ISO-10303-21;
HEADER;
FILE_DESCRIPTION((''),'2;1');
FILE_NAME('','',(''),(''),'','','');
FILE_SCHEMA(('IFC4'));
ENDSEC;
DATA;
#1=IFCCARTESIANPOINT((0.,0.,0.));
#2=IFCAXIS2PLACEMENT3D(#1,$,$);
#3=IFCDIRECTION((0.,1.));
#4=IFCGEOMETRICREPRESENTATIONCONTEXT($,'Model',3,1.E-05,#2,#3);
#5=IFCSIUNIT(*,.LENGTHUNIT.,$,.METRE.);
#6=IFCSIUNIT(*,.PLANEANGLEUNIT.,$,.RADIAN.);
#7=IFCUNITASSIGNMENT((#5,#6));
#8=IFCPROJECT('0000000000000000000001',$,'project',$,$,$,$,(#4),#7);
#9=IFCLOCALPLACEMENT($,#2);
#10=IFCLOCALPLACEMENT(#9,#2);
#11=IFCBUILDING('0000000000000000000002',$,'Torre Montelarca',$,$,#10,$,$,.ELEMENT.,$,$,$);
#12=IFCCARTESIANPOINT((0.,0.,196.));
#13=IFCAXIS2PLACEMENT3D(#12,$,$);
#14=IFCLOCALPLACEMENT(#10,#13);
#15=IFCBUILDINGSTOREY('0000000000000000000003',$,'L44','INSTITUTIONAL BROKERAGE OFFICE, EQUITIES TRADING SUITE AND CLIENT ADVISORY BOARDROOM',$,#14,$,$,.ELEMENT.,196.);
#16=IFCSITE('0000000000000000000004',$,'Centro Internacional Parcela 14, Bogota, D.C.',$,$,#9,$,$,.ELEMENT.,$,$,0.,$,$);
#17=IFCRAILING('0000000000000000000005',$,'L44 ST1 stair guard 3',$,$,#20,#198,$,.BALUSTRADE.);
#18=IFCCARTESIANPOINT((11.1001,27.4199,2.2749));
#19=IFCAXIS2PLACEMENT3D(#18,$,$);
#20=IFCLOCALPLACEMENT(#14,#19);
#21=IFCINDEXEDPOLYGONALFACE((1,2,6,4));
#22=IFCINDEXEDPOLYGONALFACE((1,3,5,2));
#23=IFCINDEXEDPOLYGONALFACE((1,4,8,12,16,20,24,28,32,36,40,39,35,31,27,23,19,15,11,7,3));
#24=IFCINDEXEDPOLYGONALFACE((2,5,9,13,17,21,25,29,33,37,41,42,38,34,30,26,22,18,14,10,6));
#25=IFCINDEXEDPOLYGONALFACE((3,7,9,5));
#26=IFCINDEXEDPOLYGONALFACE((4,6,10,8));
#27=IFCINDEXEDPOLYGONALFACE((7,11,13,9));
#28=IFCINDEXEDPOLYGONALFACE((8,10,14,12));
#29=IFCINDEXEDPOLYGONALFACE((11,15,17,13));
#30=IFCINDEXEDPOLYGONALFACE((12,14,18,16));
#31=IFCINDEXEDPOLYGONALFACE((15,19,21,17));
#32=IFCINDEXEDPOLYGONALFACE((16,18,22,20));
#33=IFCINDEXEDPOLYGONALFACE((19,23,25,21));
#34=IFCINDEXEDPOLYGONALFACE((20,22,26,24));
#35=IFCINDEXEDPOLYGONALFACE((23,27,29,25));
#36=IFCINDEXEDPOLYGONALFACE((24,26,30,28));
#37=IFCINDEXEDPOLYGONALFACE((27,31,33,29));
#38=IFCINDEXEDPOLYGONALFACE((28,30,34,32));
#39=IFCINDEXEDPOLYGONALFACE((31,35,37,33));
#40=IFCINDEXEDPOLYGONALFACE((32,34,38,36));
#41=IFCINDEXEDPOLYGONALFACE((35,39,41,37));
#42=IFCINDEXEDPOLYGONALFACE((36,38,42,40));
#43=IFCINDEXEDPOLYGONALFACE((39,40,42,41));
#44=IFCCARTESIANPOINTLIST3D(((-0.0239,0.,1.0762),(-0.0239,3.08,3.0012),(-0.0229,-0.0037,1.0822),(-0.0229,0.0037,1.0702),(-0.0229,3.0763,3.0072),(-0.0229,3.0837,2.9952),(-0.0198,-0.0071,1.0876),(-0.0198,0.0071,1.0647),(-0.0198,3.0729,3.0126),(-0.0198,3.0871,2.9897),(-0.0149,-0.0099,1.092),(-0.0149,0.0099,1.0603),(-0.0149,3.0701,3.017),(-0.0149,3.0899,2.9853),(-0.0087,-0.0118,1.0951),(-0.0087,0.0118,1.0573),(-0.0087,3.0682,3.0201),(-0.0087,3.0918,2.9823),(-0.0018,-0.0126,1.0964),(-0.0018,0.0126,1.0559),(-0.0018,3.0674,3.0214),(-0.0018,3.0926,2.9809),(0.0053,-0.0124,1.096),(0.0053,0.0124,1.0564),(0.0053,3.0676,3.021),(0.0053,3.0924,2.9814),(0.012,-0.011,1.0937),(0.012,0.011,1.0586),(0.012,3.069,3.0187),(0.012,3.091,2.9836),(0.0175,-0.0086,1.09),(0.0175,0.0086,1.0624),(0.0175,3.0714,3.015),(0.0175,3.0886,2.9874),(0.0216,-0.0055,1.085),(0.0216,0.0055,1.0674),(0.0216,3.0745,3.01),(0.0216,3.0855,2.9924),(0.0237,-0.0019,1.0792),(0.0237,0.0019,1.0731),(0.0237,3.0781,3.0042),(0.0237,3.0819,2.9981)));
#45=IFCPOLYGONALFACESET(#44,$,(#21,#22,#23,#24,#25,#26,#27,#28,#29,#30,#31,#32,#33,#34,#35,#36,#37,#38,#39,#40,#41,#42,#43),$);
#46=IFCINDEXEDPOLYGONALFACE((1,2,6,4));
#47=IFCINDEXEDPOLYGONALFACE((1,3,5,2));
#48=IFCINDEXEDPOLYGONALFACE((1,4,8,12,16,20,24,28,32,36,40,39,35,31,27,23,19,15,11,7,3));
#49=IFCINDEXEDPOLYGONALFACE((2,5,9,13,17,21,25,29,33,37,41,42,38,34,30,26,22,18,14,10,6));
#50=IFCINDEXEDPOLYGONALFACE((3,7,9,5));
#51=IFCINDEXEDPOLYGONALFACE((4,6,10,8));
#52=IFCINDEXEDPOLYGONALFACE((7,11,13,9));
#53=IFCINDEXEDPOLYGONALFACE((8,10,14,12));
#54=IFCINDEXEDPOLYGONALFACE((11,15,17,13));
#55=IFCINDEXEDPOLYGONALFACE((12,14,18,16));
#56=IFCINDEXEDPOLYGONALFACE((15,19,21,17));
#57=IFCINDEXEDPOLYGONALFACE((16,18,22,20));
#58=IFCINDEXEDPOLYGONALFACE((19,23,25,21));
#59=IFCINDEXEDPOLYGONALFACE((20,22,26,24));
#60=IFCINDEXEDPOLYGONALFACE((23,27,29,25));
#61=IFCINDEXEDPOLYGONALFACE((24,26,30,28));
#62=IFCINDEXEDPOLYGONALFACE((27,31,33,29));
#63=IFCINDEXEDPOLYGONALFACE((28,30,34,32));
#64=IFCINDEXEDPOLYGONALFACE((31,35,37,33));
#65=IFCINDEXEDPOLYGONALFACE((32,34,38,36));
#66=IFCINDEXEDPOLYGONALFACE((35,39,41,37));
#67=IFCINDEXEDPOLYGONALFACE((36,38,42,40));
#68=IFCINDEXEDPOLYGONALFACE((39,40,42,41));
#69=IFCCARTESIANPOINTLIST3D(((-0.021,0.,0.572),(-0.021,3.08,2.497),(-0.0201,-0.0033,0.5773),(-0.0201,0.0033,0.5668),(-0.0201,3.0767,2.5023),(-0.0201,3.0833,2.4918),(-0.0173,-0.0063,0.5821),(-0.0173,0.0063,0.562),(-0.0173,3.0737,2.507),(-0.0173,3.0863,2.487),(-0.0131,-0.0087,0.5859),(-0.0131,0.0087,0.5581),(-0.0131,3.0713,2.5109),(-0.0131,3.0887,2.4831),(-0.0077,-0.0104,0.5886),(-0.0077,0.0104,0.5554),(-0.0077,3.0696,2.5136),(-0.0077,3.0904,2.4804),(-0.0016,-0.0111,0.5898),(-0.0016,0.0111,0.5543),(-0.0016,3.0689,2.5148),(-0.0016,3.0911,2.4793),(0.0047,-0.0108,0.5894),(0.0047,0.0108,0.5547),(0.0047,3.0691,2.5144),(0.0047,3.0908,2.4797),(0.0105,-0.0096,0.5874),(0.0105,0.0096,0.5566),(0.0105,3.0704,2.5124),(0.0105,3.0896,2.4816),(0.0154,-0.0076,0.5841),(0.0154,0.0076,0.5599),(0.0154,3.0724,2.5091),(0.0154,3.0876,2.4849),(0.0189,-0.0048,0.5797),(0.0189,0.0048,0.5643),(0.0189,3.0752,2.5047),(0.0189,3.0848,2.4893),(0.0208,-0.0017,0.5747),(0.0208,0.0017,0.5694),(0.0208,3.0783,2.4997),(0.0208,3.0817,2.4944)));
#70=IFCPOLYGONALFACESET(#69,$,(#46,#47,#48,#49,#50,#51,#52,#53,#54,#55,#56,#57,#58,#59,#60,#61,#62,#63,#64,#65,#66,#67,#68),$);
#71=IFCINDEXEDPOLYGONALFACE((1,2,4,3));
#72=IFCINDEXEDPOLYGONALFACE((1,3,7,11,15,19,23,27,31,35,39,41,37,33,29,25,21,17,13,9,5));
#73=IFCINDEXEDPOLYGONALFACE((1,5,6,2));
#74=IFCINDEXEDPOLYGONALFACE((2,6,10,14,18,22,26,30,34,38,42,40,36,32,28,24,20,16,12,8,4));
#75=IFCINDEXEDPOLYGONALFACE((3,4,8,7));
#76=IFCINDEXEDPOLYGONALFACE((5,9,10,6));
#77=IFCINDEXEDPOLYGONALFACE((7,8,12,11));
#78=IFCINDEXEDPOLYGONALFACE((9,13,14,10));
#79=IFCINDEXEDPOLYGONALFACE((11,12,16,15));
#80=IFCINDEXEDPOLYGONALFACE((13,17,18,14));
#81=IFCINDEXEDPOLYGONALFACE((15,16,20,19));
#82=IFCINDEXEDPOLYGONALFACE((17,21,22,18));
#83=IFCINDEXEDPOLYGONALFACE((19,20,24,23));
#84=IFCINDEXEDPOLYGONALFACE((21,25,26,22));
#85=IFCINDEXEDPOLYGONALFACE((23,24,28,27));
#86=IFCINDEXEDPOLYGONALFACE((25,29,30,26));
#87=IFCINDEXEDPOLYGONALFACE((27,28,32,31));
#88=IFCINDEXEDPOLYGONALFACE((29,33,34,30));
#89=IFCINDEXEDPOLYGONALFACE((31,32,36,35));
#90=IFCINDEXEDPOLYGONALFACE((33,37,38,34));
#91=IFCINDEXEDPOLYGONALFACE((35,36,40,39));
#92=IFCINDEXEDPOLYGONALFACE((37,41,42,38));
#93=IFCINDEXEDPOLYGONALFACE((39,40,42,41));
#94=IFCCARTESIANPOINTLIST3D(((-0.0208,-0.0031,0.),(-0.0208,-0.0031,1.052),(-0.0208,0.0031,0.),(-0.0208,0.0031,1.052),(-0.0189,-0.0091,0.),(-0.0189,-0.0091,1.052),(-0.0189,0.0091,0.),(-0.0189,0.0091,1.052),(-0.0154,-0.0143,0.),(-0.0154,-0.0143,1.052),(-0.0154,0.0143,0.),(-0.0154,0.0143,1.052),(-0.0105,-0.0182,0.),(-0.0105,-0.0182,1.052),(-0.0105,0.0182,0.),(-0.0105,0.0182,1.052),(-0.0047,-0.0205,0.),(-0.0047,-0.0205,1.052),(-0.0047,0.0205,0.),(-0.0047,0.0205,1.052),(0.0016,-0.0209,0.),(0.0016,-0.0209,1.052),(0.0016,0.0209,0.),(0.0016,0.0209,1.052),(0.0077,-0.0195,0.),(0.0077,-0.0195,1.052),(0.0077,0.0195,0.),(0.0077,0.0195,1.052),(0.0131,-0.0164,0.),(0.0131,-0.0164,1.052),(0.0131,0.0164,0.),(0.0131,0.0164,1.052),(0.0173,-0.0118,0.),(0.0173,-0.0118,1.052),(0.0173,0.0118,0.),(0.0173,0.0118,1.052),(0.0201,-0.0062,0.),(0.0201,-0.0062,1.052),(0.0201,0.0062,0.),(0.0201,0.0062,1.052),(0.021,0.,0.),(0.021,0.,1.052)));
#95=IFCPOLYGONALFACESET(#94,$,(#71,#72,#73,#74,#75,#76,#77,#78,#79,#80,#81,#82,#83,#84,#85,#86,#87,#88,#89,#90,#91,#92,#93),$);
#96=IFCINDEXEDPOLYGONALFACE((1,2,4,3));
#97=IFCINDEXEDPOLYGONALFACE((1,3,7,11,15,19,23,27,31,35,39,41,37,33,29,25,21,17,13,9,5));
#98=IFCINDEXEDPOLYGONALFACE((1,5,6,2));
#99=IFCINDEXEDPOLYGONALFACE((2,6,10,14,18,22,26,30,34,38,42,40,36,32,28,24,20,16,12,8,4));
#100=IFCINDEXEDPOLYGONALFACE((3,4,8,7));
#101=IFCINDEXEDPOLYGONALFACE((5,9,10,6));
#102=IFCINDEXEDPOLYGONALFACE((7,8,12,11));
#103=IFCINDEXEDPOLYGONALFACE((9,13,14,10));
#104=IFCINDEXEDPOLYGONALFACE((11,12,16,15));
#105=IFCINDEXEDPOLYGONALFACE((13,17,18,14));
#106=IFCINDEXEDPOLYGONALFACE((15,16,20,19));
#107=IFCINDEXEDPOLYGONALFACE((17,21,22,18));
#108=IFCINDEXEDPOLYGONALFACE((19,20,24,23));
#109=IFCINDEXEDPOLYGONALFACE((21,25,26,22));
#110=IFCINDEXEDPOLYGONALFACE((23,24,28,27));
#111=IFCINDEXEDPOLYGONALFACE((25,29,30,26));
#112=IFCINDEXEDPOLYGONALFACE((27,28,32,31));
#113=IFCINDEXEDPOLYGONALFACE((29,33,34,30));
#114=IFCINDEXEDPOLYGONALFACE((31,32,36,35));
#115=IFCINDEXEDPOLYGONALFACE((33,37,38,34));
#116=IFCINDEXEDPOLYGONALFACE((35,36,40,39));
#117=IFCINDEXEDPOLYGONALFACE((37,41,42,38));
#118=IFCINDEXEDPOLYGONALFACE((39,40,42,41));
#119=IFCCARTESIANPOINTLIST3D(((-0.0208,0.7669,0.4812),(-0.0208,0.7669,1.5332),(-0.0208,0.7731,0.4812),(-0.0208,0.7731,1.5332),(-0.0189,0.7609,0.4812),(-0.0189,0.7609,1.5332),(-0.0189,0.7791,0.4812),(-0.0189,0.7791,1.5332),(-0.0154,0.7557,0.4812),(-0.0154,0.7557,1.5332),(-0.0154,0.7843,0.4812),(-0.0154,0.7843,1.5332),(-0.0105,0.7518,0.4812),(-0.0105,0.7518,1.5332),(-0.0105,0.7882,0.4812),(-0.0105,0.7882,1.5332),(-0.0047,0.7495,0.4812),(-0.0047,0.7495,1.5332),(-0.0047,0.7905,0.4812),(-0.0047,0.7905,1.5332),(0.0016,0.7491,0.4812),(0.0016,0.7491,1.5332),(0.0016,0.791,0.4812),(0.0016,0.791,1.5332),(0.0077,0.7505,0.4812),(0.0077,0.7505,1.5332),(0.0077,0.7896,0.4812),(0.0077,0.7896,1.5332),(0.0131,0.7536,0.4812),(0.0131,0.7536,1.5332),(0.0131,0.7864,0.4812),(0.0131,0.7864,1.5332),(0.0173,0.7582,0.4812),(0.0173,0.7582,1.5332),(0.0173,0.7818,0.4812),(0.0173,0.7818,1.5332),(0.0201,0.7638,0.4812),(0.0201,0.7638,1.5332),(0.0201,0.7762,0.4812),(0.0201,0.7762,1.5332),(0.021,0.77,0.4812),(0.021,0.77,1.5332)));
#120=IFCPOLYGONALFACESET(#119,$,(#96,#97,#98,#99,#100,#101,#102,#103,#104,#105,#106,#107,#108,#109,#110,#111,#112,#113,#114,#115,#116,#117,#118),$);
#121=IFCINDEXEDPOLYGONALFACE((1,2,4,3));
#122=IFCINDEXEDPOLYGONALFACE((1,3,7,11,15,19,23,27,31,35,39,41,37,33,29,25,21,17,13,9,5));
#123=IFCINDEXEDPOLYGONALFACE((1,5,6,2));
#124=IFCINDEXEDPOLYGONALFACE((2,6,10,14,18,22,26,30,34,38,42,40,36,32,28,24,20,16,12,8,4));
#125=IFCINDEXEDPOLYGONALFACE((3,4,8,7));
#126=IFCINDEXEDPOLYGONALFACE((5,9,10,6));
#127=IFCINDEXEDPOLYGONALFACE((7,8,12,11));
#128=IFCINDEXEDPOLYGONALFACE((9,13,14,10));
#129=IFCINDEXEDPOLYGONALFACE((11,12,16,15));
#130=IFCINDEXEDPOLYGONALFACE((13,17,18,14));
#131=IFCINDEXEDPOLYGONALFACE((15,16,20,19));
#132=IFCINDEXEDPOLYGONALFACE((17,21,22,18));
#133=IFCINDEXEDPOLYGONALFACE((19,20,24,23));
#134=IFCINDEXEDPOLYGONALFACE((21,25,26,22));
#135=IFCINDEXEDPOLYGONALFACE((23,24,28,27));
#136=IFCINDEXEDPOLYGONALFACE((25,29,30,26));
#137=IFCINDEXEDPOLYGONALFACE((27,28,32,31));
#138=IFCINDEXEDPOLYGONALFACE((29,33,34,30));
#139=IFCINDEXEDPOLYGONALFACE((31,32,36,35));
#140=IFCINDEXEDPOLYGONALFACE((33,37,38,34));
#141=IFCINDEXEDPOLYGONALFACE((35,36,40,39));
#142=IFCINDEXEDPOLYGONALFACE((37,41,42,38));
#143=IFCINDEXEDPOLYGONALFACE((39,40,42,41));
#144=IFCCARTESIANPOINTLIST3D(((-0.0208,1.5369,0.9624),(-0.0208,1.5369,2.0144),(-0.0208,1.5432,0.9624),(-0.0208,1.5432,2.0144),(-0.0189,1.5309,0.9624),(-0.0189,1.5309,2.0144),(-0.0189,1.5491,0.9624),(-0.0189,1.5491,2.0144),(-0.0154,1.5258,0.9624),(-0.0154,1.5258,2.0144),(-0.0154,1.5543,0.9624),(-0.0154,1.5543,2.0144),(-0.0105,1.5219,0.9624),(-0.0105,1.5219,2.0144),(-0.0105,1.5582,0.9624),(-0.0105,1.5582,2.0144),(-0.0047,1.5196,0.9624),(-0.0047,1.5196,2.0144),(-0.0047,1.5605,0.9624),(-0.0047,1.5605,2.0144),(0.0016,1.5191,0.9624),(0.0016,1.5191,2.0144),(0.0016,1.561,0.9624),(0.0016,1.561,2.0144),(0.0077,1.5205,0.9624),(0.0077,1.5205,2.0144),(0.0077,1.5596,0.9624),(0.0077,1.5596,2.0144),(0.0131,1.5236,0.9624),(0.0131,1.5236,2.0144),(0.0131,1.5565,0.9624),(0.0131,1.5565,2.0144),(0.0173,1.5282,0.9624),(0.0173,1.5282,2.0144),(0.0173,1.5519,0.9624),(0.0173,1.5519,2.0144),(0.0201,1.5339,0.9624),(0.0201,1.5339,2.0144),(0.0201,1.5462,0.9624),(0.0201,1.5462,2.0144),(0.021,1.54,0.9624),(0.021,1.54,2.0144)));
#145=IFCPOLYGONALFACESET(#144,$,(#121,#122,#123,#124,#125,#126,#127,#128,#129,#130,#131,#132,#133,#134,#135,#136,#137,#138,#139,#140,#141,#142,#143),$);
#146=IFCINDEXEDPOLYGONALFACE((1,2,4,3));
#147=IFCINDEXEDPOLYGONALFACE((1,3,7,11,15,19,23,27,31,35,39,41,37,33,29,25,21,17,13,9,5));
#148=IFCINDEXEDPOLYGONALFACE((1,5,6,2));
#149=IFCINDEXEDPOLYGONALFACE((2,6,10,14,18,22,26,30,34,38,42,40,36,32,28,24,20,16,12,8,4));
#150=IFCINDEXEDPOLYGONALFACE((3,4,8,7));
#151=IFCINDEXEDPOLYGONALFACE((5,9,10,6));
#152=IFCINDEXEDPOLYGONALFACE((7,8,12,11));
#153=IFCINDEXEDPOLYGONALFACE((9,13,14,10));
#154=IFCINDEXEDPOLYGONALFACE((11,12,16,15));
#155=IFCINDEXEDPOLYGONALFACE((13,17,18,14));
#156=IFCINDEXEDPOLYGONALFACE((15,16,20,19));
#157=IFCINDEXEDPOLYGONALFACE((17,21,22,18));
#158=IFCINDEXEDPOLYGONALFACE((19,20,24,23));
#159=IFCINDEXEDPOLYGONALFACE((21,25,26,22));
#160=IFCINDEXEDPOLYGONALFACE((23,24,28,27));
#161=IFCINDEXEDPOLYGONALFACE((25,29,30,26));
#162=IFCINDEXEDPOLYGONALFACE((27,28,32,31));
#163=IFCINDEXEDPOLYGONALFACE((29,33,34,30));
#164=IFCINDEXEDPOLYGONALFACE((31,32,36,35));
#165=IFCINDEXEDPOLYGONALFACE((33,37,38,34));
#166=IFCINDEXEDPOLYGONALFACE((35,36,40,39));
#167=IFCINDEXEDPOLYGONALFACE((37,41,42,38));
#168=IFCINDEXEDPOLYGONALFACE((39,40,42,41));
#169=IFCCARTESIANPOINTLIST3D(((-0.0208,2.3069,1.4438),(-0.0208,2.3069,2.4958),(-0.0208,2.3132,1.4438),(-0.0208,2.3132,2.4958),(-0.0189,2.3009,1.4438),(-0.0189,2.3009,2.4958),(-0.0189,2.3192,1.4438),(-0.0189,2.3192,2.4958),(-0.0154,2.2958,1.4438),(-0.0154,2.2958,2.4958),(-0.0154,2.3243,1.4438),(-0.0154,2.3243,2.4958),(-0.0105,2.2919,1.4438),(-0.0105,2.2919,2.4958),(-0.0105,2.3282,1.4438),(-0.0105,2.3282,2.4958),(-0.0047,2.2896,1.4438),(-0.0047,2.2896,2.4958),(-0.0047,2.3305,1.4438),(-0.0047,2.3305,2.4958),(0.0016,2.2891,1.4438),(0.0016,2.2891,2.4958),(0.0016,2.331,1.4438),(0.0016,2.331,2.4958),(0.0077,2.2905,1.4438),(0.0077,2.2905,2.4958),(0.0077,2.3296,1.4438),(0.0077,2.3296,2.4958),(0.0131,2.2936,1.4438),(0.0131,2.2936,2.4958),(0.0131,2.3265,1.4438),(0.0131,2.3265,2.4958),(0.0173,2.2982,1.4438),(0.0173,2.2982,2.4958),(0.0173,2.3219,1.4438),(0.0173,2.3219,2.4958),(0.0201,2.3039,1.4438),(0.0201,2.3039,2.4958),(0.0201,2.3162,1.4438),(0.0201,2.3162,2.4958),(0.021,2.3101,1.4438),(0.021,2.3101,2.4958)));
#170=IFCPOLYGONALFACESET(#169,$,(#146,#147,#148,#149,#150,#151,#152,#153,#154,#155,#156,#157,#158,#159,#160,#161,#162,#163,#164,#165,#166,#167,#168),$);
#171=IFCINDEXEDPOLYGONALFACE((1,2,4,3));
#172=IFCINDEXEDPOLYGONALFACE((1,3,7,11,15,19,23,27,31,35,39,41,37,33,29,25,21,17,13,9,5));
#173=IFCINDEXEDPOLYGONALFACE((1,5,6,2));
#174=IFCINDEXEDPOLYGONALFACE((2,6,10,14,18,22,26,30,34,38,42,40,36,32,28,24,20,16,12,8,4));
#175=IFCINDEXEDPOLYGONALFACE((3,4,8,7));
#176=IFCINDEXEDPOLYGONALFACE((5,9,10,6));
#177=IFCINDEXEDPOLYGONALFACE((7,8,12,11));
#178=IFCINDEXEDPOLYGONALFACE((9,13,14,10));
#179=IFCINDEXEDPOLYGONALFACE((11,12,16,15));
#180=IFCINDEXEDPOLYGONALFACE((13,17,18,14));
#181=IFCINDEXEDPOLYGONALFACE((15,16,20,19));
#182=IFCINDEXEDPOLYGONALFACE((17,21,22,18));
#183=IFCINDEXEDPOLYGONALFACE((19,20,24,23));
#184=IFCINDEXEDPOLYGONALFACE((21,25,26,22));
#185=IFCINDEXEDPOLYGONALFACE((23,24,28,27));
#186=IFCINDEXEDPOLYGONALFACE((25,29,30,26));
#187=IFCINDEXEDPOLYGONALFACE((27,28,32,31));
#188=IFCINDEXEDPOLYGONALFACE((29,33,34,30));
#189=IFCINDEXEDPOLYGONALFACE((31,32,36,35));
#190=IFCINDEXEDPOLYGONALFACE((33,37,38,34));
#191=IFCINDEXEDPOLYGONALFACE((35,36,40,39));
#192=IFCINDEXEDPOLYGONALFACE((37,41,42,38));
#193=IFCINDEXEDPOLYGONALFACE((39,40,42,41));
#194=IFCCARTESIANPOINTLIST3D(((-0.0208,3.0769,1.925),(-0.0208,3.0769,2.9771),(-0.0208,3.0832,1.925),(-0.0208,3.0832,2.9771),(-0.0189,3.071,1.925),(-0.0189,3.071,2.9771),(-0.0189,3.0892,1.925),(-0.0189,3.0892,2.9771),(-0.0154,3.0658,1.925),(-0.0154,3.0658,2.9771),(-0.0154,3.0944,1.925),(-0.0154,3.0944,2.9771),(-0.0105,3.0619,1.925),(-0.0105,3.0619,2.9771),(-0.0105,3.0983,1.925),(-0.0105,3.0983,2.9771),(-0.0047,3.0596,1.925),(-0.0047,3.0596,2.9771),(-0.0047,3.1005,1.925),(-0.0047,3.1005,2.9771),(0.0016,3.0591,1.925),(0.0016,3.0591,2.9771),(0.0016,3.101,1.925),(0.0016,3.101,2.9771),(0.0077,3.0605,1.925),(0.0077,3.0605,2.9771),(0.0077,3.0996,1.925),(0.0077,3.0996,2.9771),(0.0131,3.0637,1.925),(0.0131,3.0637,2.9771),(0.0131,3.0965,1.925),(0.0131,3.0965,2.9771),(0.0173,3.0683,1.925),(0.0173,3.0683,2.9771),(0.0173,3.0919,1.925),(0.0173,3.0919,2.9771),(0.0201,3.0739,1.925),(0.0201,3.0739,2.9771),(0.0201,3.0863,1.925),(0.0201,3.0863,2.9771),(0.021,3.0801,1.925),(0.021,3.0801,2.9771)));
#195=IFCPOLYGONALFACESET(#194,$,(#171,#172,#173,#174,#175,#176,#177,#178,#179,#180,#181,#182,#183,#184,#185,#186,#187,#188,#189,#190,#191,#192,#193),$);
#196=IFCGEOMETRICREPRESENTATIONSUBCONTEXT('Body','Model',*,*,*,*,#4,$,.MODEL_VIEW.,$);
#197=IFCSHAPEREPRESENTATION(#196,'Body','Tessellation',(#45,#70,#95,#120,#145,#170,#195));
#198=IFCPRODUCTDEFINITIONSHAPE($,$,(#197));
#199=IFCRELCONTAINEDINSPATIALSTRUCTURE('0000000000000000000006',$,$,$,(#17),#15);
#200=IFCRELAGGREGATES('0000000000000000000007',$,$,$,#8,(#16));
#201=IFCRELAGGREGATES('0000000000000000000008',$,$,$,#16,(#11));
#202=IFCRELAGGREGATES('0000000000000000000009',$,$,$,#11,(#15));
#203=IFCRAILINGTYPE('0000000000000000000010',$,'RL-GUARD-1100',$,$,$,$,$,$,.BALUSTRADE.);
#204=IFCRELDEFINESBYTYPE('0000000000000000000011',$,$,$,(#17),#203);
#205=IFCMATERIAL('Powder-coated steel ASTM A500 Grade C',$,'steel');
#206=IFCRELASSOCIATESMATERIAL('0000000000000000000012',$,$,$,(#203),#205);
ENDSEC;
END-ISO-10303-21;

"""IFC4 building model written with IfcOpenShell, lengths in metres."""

from ifc_helpers import new_model, si_unit, direction, frame, origin, origin_2d, place, context, subcontext, project, spatial, circle, extrude, material, type_object, element, save


model = new_model("IFC4")

# Units and contexts
model_context = context("Model", 3, precision=1e-05, world=origin(), true_north=direction((0.0, 1.0)))
body_context = subcontext(model_context, "Body", "Model", "MODEL_VIEW")
ifc_project = project(units=[si_unit("LENGTHUNIT", "METRE"), si_unit("PLANEANGLEUNIT", "RADIAN")], contexts=[model_context])

# Site, building, storey
site_placement = place(None, origin())
site = spatial("IfcSite", under=ifc_project, at=site_placement, Name="Centro Internacional Parcela 14, Bogota, D.C.", CompositionType="ELEMENT", RefElevation=0.0)
building_placement = place(site_placement, origin())
building = spatial("IfcBuilding", under=site, at=building_placement, Name="Torre Montelarca", CompositionType="ELEMENT")
storey_placement = place(building_placement, frame((0.0, 0.0, 196.0)))
storey = spatial("IfcBuildingStorey", under=building, at=storey_placement, Name="L44", Description="INSTITUTIONAL BROKERAGE OFFICE, EQUITIES TRADING SUITE AND CLIENT ADVISORY BOARDROOM", CompositionType="ELEMENT", Elevation=196.0)

# Railing
ifc_material_1 = material(Name="Powder-coated steel ASTM A500 Grade C", Category="steel")
railing_type = type_object("IfcRailingType", Name="RL-GUARD-1100", PredefinedType="BALUSTRADE", material=ifc_material_1)
railing_1_placement = place(storey_placement, frame((11.1001, 27.4199, 2.2749)))
element("IfcRailing", 1, at=railing_1_placement, inside=storey, type_object=railing_type, Name="L44 ST1 stair guard 3", PredefinedType="BALUSTRADE", context=body_context, shape_type="SweptSolid", body=[
    extrude(circle(Radius=0.0239, at=origin_2d()), frame((0.0, 0.0, 1.0762), z_axis=(0.0, 0.847998, 0.529999), x_axis=(-1.0, 0.0, 0.0)), (0.0, 0.0, 1.0), 3.6321),
    extrude(circle(Radius=0.021, at=origin_2d()), frame((0.0, 0.0, 0.572), z_axis=(0.0, 0.847998, 0.529999), x_axis=(-1.0, 0.0, 0.0)), (0.0, 0.0, 1.0), 3.6321),
    extrude(circle(Radius=0.021, at=origin_2d()), origin(), (0.0, 0.0, 1.0), 1.052),
    extrude(circle(Radius=0.021, at=origin_2d()), frame((0.0, 0.77, 0.4812)), (0.0, 0.0, 1.0), 1.052),
    extrude(circle(Radius=0.021, at=origin_2d()), frame((0.0, 1.54, 0.9624)), (0.0, 0.0, 1.0), 1.052),
    extrude(circle(Radius=0.021, at=origin_2d()), frame((0.0, 2.3101, 1.4438)), (0.0, 0.0, 1.0), 1.052),
    extrude(circle(Radius=0.021, at=origin_2d()), frame((0.0, 3.0801, 1.925)), (0.0, 0.0, 1.0), 1.052),
])

save(model, "model.ifc")
